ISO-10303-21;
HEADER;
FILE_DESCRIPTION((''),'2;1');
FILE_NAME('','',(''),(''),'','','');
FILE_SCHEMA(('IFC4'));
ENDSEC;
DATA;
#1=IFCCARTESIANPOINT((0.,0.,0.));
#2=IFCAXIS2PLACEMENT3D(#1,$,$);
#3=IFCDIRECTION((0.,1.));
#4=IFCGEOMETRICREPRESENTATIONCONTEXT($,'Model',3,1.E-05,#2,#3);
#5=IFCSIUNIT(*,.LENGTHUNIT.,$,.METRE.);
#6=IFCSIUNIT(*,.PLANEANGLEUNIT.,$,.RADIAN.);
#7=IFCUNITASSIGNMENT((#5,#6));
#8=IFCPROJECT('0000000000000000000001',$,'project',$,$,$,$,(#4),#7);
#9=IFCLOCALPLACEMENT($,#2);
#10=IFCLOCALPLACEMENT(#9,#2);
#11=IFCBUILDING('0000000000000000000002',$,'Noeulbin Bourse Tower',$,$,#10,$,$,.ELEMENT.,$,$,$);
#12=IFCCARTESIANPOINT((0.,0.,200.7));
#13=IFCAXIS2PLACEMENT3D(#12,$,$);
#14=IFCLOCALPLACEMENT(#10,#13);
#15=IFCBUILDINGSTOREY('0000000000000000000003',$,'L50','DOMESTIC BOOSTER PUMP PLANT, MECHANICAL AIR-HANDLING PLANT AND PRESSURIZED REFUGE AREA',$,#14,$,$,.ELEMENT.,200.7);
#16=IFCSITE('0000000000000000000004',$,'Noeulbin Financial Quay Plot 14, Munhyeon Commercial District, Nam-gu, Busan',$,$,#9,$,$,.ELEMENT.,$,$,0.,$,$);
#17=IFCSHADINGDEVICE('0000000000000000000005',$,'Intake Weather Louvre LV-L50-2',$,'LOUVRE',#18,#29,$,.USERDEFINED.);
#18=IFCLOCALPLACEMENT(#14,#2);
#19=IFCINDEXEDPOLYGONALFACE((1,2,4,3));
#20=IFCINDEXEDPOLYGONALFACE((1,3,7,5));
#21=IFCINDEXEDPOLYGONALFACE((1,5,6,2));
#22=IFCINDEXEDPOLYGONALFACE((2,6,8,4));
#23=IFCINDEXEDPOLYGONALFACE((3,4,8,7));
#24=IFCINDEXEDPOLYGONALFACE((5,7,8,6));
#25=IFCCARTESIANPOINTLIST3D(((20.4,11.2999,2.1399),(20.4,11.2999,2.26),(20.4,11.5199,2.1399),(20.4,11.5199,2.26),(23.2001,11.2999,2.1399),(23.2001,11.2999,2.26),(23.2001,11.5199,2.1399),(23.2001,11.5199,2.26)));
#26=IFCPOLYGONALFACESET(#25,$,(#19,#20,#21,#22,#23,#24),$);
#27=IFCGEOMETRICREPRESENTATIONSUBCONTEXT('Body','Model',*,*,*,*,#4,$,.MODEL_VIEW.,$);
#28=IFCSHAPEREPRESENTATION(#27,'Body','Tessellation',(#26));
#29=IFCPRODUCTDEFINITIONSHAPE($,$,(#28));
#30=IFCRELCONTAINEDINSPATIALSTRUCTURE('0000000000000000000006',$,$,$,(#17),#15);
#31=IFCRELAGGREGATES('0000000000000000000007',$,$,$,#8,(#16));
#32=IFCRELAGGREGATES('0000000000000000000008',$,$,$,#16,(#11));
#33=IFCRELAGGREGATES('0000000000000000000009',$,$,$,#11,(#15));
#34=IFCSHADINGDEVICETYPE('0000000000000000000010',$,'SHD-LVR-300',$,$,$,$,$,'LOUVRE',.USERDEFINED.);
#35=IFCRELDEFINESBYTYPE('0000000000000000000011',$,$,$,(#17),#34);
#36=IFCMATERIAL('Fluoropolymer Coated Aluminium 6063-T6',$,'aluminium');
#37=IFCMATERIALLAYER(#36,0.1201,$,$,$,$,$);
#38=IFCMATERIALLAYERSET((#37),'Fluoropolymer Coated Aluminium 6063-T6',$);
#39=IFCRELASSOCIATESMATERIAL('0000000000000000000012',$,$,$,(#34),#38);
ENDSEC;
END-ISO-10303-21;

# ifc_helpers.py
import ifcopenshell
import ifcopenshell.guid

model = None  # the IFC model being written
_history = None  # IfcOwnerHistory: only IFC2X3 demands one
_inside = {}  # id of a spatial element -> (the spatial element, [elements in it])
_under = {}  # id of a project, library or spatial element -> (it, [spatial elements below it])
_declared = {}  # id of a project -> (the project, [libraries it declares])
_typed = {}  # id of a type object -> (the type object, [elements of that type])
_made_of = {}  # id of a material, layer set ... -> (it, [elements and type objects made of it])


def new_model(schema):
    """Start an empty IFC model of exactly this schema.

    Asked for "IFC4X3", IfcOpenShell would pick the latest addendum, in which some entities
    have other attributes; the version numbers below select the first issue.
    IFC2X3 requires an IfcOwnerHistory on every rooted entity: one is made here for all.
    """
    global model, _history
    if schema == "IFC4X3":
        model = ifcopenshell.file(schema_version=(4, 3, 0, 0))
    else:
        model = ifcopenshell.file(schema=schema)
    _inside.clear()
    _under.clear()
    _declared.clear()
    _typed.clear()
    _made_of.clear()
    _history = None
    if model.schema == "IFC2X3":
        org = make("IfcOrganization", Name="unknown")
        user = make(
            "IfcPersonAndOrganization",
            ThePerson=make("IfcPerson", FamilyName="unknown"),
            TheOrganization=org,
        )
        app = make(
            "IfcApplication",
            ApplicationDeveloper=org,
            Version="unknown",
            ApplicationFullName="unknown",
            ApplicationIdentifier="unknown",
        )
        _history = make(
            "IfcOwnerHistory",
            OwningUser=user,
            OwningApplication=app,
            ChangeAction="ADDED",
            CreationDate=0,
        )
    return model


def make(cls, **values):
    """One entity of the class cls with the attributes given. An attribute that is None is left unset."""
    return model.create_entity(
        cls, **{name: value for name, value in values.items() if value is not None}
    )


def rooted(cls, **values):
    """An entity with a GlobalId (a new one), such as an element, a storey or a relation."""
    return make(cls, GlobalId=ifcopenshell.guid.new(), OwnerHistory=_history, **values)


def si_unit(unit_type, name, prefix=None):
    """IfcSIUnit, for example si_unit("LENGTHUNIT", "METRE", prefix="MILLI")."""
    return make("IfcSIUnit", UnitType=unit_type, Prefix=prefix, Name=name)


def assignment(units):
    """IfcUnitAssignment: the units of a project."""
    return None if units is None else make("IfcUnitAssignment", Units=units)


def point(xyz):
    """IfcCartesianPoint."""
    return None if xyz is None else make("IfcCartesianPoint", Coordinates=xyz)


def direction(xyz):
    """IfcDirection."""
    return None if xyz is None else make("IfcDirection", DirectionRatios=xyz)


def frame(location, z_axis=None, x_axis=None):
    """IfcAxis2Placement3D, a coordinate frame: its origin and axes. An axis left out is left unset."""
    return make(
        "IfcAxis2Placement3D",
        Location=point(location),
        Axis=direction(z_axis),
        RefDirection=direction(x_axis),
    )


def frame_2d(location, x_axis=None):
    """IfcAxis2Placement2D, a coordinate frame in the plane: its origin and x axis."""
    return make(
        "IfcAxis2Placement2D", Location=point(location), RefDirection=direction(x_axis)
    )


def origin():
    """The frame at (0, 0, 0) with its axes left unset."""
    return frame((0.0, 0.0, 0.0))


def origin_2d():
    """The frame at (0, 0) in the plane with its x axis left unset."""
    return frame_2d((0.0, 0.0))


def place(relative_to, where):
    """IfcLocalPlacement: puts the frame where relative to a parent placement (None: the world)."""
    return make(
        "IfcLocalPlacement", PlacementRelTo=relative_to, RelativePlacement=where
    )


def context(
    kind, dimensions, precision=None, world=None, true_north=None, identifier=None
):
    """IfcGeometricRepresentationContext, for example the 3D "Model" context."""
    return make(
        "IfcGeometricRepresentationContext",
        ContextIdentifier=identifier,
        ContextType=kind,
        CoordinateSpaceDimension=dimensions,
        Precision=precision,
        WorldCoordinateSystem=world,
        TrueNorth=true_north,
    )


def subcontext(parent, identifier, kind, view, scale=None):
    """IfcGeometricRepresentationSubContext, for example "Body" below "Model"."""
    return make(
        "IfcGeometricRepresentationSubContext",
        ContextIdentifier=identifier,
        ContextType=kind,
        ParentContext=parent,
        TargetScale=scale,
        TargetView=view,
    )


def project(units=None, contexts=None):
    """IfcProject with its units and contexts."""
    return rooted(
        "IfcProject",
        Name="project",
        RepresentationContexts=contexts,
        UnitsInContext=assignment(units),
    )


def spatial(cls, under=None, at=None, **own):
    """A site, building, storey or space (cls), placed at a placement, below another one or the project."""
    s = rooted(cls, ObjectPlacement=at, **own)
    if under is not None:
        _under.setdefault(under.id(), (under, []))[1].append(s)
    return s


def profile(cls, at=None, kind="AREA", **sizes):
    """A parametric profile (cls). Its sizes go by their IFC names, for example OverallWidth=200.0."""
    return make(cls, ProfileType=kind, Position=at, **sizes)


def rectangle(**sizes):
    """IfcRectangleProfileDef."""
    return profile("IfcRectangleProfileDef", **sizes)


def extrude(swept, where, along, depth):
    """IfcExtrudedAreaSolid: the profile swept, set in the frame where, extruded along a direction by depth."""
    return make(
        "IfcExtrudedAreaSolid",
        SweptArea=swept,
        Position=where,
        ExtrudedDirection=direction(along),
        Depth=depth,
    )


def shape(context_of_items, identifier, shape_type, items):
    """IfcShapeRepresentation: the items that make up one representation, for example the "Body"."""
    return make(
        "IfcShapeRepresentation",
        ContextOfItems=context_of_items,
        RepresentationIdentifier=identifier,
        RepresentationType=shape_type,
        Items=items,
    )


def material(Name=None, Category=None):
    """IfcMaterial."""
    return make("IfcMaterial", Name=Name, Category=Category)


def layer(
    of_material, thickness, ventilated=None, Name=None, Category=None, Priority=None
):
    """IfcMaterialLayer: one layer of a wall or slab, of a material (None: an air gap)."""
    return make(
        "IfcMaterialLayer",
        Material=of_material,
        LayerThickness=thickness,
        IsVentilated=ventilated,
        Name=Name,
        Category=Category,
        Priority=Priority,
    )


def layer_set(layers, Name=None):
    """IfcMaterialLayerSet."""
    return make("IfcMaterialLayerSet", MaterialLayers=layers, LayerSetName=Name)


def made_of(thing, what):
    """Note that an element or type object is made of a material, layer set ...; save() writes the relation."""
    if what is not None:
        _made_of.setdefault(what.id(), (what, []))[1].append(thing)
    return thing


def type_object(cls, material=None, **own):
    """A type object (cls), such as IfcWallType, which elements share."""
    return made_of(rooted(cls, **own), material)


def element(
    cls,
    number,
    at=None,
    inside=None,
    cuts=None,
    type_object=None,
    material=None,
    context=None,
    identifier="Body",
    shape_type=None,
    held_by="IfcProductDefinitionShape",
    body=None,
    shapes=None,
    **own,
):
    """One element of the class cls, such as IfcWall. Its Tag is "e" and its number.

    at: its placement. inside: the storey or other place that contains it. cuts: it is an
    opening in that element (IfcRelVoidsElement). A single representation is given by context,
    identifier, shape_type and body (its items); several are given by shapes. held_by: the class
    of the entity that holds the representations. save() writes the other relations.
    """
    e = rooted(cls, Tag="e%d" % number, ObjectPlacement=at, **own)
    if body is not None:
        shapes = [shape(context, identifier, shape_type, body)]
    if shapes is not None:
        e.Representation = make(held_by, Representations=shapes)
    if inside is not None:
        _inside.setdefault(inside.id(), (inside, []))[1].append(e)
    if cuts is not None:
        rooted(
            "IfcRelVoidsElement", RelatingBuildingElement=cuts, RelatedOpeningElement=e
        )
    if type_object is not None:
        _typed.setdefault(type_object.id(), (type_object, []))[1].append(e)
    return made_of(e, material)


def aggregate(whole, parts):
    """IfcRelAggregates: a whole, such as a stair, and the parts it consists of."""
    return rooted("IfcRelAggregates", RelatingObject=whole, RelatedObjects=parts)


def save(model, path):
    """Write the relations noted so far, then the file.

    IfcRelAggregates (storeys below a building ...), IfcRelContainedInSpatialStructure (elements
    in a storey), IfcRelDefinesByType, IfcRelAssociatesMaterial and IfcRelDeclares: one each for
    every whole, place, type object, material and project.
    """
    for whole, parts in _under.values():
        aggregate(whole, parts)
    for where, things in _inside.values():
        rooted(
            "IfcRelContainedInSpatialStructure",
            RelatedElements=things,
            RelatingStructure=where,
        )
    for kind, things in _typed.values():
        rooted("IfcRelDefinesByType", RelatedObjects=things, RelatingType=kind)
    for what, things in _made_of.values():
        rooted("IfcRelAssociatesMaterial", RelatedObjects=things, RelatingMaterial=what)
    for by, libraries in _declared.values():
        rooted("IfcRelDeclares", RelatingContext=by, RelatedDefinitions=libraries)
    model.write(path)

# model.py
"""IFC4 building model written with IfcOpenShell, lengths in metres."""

from ifc_helpers import new_model, si_unit, direction, frame, origin, origin_2d, place, context, subcontext, project, spatial, rectangle, extrude, material, layer, layer_set, type_object, element, save


model = new_model("IFC4")

# Units and contexts
model_context = context("Model", 3, precision=1e-05, world=origin(), true_north=direction((0.0, 1.0)))
body_context = subcontext(model_context, "Body", "Model", "MODEL_VIEW")
ifc_project = project(units=[si_unit("LENGTHUNIT", "METRE"), si_unit("PLANEANGLEUNIT", "RADIAN")], contexts=[model_context])

# Site, building, storey
site_placement = place(None, origin())
site = spatial("IfcSite", under=ifc_project, at=site_placement, Name="Noeulbin Financial Quay Plot 14, Munhyeon Commercial District, Nam-gu, Busan", CompositionType="ELEMENT", RefElevation=0.0)
building_placement = place(site_placement, origin())
building = spatial("IfcBuilding", under=site, at=building_placement, Name="Noeulbin Bourse Tower", CompositionType="ELEMENT")
storey_placement = place(building_placement, frame((0.0, 0.0, 200.7)))
storey = spatial("IfcBuildingStorey", under=building, at=storey_placement, Name="L50", Description="DOMESTIC BOOSTER PUMP PLANT, MECHANICAL AIR-HANDLING PLANT AND PRESSURIZED REFUGE AREA", CompositionType="ELEMENT", Elevation=200.7)

# Shading device
ifc_material_1 = material(Name="Fluoropolymer Coated Aluminium 6063-T6", Category="aluminium")
ifc_layer_1 = layer(ifc_material_1, 0.1201)
ifc_layer_set_1 = layer_set([ifc_layer_1], Name="Fluoropolymer Coated Aluminium 6063-T6")
shading_device_type = type_object("IfcShadingDeviceType", Name="SHD-LVR-300", ElementType="LOUVRE", PredefinedType="USERDEFINED", material=ifc_layer_set_1)
shading_device_placement = place(storey_placement, frame((21.8, 11.4099, 2.1399), z_axis=(0.0, 0.0, 1.0), x_axis=(1.0, 0.0, 0.0)))
element("IfcShadingDevice", 1, at=shading_device_placement, inside=storey, type_object=shading_device_type, Name="Intake Weather Louvre LV-L50-2", ObjectType="LOUVRE", PredefinedType="USERDEFINED", context=body_context, shape_type="SweptSolid", body=[
    extrude(rectangle(XDim=2.8, YDim=0.22, at=origin_2d()), origin(), (0.0, 0.0, 1.0), 0.1201),
])

save(model, "model.ifc")
